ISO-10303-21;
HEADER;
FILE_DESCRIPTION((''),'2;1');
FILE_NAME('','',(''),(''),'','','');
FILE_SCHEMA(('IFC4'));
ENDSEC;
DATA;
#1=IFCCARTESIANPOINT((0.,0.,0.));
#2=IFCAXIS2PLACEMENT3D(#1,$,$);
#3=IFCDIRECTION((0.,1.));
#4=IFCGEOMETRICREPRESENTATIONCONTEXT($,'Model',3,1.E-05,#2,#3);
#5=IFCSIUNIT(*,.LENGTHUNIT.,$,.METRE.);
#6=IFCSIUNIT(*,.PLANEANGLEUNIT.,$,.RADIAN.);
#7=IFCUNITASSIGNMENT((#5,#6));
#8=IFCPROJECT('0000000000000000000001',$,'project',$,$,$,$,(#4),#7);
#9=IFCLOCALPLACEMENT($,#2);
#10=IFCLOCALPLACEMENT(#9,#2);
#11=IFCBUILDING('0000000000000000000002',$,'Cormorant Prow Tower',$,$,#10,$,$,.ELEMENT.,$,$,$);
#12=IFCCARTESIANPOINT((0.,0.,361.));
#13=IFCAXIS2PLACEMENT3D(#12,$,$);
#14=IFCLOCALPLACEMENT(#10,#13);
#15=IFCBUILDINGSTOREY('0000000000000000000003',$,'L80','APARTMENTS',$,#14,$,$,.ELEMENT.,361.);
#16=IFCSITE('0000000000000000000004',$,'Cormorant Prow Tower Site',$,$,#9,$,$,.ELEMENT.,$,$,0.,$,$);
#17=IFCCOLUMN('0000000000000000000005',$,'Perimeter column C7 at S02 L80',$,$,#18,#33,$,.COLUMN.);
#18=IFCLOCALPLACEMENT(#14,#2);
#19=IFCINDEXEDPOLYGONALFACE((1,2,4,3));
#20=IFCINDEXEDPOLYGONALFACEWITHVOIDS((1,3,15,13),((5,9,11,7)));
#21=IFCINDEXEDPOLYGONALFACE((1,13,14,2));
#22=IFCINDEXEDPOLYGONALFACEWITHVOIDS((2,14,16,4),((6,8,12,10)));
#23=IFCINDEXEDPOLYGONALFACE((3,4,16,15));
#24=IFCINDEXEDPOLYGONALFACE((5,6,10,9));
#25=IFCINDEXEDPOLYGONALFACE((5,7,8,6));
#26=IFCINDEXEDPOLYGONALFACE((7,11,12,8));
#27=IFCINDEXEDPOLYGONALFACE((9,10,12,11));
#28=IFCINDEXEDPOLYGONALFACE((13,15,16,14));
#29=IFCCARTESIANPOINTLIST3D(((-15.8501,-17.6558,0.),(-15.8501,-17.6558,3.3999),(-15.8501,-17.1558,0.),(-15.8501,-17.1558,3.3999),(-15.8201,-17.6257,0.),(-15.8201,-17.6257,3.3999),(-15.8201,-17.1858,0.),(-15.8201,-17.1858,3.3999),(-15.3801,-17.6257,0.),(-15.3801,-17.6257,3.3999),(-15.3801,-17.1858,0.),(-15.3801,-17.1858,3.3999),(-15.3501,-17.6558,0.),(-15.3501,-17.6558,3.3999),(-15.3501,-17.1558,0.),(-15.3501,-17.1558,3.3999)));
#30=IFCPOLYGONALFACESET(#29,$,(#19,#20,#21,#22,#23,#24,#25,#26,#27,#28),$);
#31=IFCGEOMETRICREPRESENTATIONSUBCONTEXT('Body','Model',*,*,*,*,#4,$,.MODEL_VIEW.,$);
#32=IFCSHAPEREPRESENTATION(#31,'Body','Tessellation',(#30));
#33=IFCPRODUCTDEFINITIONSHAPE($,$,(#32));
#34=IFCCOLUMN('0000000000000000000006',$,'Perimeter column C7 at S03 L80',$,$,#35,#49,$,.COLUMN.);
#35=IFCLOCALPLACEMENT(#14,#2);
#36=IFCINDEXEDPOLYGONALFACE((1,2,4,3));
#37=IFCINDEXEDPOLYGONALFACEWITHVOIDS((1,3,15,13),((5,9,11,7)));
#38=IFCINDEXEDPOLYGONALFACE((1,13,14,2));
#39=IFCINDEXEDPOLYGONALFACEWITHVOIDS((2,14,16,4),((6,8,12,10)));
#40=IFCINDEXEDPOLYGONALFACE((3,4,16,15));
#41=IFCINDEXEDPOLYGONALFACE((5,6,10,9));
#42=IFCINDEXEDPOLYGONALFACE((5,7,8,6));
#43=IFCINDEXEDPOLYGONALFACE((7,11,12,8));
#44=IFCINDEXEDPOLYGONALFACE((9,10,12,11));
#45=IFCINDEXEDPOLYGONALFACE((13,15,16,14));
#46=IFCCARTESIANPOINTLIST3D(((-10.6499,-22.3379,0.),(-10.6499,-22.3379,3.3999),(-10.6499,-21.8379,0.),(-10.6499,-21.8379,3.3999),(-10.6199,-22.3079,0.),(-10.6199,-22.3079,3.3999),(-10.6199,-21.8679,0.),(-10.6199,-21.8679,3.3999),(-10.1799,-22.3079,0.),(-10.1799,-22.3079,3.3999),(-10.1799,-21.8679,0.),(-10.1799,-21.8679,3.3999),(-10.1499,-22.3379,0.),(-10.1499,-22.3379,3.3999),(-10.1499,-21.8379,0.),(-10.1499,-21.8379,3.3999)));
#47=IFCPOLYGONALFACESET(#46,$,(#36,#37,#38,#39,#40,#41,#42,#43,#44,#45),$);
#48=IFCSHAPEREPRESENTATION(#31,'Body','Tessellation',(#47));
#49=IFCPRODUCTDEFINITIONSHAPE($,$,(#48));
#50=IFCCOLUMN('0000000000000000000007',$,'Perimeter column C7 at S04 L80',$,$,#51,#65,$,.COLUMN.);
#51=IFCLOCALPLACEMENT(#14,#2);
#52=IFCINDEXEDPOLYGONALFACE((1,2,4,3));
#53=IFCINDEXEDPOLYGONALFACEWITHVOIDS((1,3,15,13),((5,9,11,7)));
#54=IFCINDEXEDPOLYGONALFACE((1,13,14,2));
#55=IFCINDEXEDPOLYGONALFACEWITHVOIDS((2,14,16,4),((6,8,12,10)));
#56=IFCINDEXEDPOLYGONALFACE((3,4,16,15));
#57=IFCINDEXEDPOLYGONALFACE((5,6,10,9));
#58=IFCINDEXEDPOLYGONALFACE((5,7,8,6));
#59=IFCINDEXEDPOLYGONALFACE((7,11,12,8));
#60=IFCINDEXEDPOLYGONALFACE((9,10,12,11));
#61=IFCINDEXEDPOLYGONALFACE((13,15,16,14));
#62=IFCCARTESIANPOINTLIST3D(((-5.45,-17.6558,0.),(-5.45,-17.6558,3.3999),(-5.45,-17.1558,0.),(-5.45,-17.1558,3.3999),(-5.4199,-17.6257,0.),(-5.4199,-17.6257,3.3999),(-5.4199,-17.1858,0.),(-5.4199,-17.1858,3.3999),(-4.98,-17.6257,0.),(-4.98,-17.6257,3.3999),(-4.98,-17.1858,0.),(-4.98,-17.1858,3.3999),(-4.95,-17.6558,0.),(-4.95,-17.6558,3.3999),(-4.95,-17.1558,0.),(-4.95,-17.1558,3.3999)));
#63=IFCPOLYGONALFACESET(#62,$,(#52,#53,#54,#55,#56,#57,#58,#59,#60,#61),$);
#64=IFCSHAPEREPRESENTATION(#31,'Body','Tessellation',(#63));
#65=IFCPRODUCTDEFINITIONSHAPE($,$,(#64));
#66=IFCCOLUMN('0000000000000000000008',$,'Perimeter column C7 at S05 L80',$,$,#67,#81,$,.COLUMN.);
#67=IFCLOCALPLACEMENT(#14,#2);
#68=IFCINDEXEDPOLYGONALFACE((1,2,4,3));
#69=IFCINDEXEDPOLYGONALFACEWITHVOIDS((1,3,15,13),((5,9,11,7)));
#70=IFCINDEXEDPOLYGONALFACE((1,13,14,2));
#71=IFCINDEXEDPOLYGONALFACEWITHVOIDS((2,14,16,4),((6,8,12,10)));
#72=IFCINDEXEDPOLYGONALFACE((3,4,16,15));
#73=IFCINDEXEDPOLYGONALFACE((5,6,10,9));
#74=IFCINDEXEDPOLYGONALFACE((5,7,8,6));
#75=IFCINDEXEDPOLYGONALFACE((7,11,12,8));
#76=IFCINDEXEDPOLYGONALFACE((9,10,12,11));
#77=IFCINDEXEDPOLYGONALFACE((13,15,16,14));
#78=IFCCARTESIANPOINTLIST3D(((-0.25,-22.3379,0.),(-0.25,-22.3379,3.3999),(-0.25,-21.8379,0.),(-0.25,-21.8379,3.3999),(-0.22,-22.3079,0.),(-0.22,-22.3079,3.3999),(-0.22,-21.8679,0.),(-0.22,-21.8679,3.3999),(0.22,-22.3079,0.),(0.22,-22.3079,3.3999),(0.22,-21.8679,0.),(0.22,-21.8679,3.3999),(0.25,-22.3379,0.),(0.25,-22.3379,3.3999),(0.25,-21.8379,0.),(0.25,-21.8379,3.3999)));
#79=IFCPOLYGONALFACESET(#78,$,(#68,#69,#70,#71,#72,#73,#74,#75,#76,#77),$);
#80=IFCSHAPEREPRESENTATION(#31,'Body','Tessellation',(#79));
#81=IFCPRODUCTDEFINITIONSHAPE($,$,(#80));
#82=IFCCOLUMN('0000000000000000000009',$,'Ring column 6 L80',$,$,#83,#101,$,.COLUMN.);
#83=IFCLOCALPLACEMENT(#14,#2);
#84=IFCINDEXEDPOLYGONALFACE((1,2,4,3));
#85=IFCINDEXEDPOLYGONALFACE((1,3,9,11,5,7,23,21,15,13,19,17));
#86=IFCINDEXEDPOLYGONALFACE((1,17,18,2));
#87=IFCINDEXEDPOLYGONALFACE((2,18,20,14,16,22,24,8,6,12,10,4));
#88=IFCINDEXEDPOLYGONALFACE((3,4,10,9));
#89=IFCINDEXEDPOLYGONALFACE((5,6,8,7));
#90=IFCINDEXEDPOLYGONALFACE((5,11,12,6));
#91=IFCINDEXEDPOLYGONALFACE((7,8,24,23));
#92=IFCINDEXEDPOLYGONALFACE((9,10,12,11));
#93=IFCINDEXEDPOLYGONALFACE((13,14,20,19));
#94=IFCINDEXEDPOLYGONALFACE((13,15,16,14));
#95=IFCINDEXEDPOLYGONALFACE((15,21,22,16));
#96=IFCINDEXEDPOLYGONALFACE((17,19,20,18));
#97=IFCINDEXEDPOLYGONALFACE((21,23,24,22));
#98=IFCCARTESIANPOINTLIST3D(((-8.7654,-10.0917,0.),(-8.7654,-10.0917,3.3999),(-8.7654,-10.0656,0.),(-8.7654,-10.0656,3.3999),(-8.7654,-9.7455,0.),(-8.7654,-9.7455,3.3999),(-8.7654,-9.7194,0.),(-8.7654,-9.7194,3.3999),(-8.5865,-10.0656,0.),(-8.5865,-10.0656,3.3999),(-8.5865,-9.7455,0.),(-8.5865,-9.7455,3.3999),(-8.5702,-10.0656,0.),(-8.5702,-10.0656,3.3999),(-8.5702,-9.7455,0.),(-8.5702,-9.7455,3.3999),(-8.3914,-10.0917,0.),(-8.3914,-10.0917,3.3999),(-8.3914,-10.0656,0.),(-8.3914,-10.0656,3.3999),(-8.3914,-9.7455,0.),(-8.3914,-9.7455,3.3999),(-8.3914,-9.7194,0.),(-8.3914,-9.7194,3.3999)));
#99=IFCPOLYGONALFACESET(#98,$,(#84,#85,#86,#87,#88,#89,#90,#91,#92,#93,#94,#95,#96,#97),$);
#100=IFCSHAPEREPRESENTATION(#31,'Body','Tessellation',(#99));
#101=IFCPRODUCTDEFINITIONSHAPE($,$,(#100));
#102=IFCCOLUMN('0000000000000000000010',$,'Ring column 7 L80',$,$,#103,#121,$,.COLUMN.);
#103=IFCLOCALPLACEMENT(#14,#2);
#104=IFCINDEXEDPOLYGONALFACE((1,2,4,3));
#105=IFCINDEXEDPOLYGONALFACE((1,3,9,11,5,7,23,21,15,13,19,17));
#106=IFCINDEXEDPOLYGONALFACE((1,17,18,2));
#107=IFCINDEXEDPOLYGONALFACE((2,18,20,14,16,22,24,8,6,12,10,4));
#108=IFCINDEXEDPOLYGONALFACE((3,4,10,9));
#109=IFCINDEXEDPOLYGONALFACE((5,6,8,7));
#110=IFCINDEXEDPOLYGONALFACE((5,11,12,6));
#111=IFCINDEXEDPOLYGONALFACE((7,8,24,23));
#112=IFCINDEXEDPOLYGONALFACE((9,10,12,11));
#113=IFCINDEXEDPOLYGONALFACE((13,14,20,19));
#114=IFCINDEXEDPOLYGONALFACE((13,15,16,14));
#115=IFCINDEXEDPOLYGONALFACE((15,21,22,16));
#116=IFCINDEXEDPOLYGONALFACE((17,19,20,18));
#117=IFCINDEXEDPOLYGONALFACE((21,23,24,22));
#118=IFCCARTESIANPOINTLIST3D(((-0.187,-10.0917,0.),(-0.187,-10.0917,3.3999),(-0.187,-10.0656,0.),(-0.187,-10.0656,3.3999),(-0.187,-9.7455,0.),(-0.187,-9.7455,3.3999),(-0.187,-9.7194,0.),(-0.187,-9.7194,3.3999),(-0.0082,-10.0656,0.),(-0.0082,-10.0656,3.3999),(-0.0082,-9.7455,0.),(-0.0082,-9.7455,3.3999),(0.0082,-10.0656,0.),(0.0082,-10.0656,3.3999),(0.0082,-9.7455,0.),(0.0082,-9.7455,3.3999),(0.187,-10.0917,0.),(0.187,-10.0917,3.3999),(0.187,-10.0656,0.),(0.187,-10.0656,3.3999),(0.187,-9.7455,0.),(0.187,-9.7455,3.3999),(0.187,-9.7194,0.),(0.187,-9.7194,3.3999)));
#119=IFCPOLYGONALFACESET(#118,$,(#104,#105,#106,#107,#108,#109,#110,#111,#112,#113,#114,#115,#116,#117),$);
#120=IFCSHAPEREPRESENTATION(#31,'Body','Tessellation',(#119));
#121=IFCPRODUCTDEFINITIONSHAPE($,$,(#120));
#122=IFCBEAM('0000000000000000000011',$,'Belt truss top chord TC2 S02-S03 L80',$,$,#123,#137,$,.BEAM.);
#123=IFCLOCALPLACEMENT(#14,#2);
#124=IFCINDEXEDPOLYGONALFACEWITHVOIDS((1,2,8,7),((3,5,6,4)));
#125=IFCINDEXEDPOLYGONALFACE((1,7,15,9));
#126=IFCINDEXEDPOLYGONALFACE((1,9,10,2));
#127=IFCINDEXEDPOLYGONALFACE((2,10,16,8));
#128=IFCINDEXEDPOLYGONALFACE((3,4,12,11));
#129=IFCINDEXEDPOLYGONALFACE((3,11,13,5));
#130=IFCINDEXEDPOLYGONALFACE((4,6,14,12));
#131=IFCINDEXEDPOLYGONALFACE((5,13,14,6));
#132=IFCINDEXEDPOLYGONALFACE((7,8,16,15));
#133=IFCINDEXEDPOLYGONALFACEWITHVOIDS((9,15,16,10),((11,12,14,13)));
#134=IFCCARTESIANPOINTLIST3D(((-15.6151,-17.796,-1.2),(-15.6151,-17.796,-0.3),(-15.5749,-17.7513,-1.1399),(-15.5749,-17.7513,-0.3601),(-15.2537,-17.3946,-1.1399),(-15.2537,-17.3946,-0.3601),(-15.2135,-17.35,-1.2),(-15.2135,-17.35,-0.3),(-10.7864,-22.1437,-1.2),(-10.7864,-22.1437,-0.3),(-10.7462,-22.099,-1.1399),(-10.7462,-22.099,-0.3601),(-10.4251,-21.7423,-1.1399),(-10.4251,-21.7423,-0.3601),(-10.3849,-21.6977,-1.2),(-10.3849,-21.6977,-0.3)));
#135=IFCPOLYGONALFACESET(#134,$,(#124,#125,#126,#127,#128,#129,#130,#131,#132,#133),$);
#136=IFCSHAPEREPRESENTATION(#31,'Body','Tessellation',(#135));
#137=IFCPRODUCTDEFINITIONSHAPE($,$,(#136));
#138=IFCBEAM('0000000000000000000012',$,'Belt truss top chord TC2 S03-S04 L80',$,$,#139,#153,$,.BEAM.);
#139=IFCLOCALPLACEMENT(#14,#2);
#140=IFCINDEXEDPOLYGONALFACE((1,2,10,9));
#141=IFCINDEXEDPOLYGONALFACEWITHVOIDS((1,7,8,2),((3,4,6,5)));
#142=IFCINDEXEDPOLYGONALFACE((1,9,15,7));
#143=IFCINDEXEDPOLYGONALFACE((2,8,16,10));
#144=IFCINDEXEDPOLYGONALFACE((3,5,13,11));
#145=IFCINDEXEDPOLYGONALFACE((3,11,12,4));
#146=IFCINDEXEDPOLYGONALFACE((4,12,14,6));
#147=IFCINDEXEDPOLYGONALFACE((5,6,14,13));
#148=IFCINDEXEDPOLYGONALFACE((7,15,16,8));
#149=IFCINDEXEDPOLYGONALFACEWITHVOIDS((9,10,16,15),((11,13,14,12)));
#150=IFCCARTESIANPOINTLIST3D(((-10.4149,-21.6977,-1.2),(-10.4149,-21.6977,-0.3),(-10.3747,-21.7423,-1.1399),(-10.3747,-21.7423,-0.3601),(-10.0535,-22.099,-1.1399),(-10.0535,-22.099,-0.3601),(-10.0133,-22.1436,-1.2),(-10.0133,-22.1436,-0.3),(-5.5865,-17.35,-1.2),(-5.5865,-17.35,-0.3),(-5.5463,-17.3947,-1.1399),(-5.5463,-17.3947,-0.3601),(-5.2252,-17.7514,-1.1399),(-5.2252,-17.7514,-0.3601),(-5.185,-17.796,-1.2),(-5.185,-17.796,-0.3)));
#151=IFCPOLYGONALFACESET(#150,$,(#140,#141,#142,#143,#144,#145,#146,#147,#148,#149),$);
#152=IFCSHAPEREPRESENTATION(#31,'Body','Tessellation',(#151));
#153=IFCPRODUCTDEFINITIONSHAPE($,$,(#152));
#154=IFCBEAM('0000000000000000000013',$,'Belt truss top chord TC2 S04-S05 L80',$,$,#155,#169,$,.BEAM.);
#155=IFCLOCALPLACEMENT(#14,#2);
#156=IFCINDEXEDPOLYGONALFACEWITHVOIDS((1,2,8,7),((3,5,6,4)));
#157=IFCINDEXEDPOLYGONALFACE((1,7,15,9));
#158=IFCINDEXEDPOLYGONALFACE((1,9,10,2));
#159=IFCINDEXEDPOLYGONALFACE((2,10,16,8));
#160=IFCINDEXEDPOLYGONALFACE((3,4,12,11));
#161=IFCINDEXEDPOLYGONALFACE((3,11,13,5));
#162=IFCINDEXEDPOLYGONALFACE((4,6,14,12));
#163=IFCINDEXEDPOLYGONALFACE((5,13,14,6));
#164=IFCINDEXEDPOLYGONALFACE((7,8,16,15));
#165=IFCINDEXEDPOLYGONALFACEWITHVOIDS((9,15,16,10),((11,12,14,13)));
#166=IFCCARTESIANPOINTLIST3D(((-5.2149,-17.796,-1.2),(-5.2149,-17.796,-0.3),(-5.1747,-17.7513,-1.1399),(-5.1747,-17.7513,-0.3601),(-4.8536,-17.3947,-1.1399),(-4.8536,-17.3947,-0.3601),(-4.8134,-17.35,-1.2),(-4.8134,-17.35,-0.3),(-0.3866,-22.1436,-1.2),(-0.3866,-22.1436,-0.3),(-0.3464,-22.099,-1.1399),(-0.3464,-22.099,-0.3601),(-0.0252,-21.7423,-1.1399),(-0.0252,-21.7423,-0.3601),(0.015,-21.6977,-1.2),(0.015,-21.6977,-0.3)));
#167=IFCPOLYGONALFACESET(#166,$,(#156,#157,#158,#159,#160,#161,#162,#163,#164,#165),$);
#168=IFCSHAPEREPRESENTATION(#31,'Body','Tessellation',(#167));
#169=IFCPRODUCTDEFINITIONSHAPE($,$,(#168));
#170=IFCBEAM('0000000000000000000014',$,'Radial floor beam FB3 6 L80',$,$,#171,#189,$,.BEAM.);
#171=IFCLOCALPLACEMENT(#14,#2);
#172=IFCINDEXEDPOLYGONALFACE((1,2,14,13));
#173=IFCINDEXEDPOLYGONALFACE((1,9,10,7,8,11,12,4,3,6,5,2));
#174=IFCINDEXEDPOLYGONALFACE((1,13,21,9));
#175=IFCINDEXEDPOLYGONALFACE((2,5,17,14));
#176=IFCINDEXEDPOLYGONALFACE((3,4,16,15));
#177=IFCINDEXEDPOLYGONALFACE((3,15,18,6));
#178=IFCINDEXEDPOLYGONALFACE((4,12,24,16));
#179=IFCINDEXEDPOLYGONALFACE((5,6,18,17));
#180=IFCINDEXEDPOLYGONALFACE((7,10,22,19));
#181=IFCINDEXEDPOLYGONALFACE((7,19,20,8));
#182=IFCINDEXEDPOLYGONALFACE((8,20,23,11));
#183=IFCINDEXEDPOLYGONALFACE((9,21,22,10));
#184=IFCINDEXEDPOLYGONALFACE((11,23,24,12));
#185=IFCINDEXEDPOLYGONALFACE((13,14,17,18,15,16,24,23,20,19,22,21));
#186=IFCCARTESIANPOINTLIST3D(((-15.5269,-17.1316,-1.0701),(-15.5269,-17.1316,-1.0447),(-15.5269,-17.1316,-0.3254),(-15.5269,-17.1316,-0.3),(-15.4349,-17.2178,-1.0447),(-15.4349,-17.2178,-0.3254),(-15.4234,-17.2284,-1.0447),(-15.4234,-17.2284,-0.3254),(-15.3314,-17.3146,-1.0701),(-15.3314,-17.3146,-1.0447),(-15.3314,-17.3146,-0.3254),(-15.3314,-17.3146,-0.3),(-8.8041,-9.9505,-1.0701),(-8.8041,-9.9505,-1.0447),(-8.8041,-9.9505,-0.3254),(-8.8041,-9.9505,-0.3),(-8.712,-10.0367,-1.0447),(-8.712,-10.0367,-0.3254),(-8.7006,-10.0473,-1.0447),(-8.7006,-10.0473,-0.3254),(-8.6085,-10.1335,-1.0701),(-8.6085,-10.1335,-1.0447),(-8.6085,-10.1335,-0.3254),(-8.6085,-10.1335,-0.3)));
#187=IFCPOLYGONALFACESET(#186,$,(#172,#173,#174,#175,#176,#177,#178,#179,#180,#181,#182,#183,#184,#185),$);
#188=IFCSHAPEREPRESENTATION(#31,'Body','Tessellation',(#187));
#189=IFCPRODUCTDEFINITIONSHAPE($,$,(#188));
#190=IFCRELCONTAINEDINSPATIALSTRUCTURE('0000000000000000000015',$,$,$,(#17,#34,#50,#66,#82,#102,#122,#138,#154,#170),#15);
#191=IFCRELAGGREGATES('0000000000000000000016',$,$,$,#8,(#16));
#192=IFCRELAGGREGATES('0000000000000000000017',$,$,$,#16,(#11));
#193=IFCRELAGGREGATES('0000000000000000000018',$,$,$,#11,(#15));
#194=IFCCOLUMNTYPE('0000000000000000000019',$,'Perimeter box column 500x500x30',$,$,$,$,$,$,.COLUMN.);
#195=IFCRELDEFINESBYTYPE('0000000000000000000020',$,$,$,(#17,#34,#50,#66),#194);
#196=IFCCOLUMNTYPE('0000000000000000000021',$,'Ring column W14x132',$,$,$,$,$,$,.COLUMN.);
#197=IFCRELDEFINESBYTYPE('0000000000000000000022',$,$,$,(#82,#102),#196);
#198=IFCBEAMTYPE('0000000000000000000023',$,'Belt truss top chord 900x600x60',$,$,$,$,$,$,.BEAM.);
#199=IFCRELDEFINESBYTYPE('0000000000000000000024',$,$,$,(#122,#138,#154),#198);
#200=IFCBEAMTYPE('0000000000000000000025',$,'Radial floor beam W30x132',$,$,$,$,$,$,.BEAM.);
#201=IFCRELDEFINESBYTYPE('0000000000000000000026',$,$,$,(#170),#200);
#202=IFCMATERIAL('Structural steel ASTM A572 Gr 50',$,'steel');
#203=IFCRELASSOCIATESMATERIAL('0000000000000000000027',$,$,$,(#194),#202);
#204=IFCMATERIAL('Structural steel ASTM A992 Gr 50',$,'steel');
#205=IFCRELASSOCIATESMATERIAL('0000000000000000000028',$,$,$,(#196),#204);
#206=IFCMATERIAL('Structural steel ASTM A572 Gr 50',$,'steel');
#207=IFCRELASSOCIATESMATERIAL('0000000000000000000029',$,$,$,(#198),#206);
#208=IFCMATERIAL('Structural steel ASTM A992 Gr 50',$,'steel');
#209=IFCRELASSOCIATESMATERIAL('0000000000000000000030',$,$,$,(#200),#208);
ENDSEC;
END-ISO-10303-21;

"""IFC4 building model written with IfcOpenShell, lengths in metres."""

from ifc_helpers import new_model, si_unit, direction, frame, origin, origin_2d, place, context, subcontext, project, spatial, hollow_rectangle, i_section, extrude, material, material_profile, profile_set, type_object, element, save


model = new_model("IFC4")

# Units and contexts
model_context = context("Model", 3, precision=1e-05, world=origin(), true_north=direction((0.0, 1.0)))
body_context = subcontext(model_context, "Body", "Model", "MODEL_VIEW")
ifc_project = project(units=[si_unit("LENGTHUNIT", "METRE"), si_unit("PLANEANGLEUNIT", "RADIAN")], contexts=[model_context])

# Site, building, storey
site_placement = place(None, origin())
site = spatial("IfcSite", under=ifc_project, at=site_placement, Name="Cormorant Prow Tower Site", CompositionType="ELEMENT", RefElevation=0.0)
building_placement = place(site_placement, origin())
building = spatial("IfcBuilding", under=site, at=building_placement, Name="Cormorant Prow Tower", CompositionType="ELEMENT")
storey_placement = place(building_placement, frame((0.0, 0.0, 361.0)))
storey = spatial("IfcBuildingStorey", under=building, at=storey_placement, Name="L80", Description="APARTMENTS", CompositionType="ELEMENT", Elevation=361.0)

# Columns
ifc_material_1 = material(Name="Structural steel ASTM A572 Gr 50", Category="steel")
ifc_material_profile_1 = material_profile(ifc_material_1, hollow_rectangle(XDim=0.5, YDim=0.5, WallThickness=0.03, at=origin_2d()), Name="Box 500x500x30")
ifc_profile_set_1 = profile_set([ifc_material_profile_1], Name="Structural steel ASTM A572 Gr 50")
column_type_1 = type_object("IfcColumnType", Name="Perimeter box column 500x500x30", PredefinedType="COLUMN", material=ifc_profile_set_1)
for number, where, z_axis, x_axis, name in (
    (1, (-15.6001, -17.4058, 0.0), (0.0, 0.0, 1.0), (1.0, 0.0, 0.0), "Perimeter column C7 at S02 L80"),
    (2, (-10.3999, -22.0879, 0.0), (0.0, 0.0, 1.0), (1.0, 0.0, 0.0), "Perimeter column C7 at S03 L80"),
    (3, (-5.2, -17.4058, 0.0), (0.0, 0.0, 1.0), (1.0, 0.0, 0.0), "Perimeter column C7 at S04 L80"),
    (4, (0.0, -22.0879, 0.0), (0.0, 0.0, 1.0), (1.0, 0.0, 0.0), "Perimeter column C7 at S05 L80"),
):
    element("IfcColumn", number, at=place(storey_placement, frame(where, z_axis=z_axis, x_axis=x_axis)), inside=storey, type_object=column_type_1, Name=name, PredefinedType="COLUMN", context=body_context, shape_type="SweptSolid", body=[
        extrude(hollow_rectangle(XDim=0.5, YDim=0.5, WallThickness=0.03, at=origin_2d()), origin(), (0.0, 0.0, 1.0), 3.3999),
    ])
ifc_material_2 = material(Name="Structural steel ASTM A992 Gr 50", Category="steel")
ifc_material_profile_2 = material_profile(ifc_material_2, i_section(OverallWidth=0.374, OverallDepth=0.3723, WebThickness=0.0164, FlangeThickness=0.0261, at=origin_2d()), Name="W14x132")
ifc_profile_set_2 = profile_set([ifc_material_profile_2], Name="Structural steel ASTM A992 Gr 50")
column_type_2 = type_object("IfcColumnType", Name="Ring column W14x132", PredefinedType="COLUMN", material=ifc_profile_set_2)
for number, where, z_axis, x_axis, name in (
    (5, (-8.5784, -9.9055, 0.0), (0.0, 0.0, 1.0), (1.0, 0.0, 0.0), "Ring column 6 L80"),
    (6, (0.0, -9.9055, 0.0), (0.0, 0.0, 1.0), (1.0, 0.0, 0.0), "Ring column 7 L80"),
):
    element("IfcColumn", number, at=place(storey_placement, frame(where, z_axis=z_axis, x_axis=x_axis)), inside=storey, type_object=column_type_2, Name=name, PredefinedType="COLUMN", context=body_context, shape_type="SweptSolid", body=[
        extrude(i_section(OverallWidth=0.374, OverallDepth=0.3723, WebThickness=0.0164, FlangeThickness=0.0261, at=origin_2d()), origin(), (0.0, 0.0, 1.0), 3.3999),
    ])

# Beams
ifc_material_3 = material(Name="Structural steel ASTM A572 Gr 50", Category="steel")
ifc_material_profile_3 = material_profile(ifc_material_3, hollow_rectangle(XDim=0.6001, YDim=0.8999, WallThickness=0.0601, at=origin_2d()), Name="Box 900x600x60")
ifc_profile_set_3 = profile_set([ifc_material_profile_3], Name="Structural steel ASTM A572 Gr 50")
beam_type_1 = type_object("IfcBeamType", Name="Belt truss top chord 900x600x60", PredefinedType="BEAM", material=ifc_profile_set_3)
beam_1_placement = place(storey_placement, frame((-15.4143, -17.573, -0.75), z_axis=(0.743148, -0.669127, 0.0), x_axis=(0.669127, 0.743148, 0.0)))
element("IfcBeam", 7, at=beam_1_placement, inside=storey, type_object=beam_type_1, Name="Belt truss top chord TC2 S02-S03 L80", PredefinedType="BEAM", context=body_context, shape_type="SweptSolid", body=[
    extrude(hollow_rectangle(XDim=0.6001, YDim=0.8999, WallThickness=0.0601, at=origin_2d()), origin(), (0.0, 0.0, 1.0), 6.4976),
])
for number, where, z_axis, x_axis, name in (
    (8, (-10.2141, -21.9207, -0.75), (0.743132, 0.669145, 0.0), (-0.669145, 0.743132, 0.0), "Belt truss top chord TC2 S03-S04 L80"),
    (9, (-5.0142, -17.573, -0.75), (0.743132, -0.669145, 0.0), (0.669145, 0.743132, 0.0), "Belt truss top chord TC2 S04-S05 L80"),
):
    element("IfcBeam", number, at=place(storey_placement, frame(where, z_axis=z_axis, x_axis=x_axis)), inside=storey, type_object=beam_type_1, Name=name, PredefinedType="BEAM", context=body_context, shape_type="SweptSolid", body=[
        extrude(hollow_rectangle(XDim=0.6001, YDim=0.8999, WallThickness=0.0601, at=origin_2d()), origin(), (0.0, 0.0, 1.0), 6.4973),
    ])
ifc_material_4 = material(Name="Structural steel ASTM A992 Gr 50", Category="steel")
ifc_material_profile_4 = material_profile(ifc_material_4, i_section(OverallWidth=0.2678, OverallDepth=0.77, WebThickness=0.0156, FlangeThickness=0.0254, at=origin_2d()), Name="W30x132")
ifc_profile_set_4 = profile_set([ifc_material_profile_4], Name="Structural steel ASTM A992 Gr 50")
beam_type_2 = type_object("IfcBeamType", Name="Radial floor beam W30x132", PredefinedType="BEAM", material=ifc_profile_set_4)
beam_2_placement = place(storey_placement, frame((-8.7063, -10.042, -0.6851), z_axis=(-0.683431, -0.730015, 0.0), x_axis=(0.730015, -0.683431, 0.0)))
element("IfcBeam", 10, at=beam_2_placement, inside=storey, type_object=beam_type_2, Name="Radial floor beam FB3 6 L80", PredefinedType="BEAM", context=body_context, shape_type="SweptSolid", body=[
    extrude(i_section(OverallWidth=0.2678, OverallDepth=0.77, WebThickness=0.0156, FlangeThickness=0.0254, at=origin_2d()), origin(), (0.0, 0.0, 1.0), 9.8369),
])

save(model, "model.ifc")
